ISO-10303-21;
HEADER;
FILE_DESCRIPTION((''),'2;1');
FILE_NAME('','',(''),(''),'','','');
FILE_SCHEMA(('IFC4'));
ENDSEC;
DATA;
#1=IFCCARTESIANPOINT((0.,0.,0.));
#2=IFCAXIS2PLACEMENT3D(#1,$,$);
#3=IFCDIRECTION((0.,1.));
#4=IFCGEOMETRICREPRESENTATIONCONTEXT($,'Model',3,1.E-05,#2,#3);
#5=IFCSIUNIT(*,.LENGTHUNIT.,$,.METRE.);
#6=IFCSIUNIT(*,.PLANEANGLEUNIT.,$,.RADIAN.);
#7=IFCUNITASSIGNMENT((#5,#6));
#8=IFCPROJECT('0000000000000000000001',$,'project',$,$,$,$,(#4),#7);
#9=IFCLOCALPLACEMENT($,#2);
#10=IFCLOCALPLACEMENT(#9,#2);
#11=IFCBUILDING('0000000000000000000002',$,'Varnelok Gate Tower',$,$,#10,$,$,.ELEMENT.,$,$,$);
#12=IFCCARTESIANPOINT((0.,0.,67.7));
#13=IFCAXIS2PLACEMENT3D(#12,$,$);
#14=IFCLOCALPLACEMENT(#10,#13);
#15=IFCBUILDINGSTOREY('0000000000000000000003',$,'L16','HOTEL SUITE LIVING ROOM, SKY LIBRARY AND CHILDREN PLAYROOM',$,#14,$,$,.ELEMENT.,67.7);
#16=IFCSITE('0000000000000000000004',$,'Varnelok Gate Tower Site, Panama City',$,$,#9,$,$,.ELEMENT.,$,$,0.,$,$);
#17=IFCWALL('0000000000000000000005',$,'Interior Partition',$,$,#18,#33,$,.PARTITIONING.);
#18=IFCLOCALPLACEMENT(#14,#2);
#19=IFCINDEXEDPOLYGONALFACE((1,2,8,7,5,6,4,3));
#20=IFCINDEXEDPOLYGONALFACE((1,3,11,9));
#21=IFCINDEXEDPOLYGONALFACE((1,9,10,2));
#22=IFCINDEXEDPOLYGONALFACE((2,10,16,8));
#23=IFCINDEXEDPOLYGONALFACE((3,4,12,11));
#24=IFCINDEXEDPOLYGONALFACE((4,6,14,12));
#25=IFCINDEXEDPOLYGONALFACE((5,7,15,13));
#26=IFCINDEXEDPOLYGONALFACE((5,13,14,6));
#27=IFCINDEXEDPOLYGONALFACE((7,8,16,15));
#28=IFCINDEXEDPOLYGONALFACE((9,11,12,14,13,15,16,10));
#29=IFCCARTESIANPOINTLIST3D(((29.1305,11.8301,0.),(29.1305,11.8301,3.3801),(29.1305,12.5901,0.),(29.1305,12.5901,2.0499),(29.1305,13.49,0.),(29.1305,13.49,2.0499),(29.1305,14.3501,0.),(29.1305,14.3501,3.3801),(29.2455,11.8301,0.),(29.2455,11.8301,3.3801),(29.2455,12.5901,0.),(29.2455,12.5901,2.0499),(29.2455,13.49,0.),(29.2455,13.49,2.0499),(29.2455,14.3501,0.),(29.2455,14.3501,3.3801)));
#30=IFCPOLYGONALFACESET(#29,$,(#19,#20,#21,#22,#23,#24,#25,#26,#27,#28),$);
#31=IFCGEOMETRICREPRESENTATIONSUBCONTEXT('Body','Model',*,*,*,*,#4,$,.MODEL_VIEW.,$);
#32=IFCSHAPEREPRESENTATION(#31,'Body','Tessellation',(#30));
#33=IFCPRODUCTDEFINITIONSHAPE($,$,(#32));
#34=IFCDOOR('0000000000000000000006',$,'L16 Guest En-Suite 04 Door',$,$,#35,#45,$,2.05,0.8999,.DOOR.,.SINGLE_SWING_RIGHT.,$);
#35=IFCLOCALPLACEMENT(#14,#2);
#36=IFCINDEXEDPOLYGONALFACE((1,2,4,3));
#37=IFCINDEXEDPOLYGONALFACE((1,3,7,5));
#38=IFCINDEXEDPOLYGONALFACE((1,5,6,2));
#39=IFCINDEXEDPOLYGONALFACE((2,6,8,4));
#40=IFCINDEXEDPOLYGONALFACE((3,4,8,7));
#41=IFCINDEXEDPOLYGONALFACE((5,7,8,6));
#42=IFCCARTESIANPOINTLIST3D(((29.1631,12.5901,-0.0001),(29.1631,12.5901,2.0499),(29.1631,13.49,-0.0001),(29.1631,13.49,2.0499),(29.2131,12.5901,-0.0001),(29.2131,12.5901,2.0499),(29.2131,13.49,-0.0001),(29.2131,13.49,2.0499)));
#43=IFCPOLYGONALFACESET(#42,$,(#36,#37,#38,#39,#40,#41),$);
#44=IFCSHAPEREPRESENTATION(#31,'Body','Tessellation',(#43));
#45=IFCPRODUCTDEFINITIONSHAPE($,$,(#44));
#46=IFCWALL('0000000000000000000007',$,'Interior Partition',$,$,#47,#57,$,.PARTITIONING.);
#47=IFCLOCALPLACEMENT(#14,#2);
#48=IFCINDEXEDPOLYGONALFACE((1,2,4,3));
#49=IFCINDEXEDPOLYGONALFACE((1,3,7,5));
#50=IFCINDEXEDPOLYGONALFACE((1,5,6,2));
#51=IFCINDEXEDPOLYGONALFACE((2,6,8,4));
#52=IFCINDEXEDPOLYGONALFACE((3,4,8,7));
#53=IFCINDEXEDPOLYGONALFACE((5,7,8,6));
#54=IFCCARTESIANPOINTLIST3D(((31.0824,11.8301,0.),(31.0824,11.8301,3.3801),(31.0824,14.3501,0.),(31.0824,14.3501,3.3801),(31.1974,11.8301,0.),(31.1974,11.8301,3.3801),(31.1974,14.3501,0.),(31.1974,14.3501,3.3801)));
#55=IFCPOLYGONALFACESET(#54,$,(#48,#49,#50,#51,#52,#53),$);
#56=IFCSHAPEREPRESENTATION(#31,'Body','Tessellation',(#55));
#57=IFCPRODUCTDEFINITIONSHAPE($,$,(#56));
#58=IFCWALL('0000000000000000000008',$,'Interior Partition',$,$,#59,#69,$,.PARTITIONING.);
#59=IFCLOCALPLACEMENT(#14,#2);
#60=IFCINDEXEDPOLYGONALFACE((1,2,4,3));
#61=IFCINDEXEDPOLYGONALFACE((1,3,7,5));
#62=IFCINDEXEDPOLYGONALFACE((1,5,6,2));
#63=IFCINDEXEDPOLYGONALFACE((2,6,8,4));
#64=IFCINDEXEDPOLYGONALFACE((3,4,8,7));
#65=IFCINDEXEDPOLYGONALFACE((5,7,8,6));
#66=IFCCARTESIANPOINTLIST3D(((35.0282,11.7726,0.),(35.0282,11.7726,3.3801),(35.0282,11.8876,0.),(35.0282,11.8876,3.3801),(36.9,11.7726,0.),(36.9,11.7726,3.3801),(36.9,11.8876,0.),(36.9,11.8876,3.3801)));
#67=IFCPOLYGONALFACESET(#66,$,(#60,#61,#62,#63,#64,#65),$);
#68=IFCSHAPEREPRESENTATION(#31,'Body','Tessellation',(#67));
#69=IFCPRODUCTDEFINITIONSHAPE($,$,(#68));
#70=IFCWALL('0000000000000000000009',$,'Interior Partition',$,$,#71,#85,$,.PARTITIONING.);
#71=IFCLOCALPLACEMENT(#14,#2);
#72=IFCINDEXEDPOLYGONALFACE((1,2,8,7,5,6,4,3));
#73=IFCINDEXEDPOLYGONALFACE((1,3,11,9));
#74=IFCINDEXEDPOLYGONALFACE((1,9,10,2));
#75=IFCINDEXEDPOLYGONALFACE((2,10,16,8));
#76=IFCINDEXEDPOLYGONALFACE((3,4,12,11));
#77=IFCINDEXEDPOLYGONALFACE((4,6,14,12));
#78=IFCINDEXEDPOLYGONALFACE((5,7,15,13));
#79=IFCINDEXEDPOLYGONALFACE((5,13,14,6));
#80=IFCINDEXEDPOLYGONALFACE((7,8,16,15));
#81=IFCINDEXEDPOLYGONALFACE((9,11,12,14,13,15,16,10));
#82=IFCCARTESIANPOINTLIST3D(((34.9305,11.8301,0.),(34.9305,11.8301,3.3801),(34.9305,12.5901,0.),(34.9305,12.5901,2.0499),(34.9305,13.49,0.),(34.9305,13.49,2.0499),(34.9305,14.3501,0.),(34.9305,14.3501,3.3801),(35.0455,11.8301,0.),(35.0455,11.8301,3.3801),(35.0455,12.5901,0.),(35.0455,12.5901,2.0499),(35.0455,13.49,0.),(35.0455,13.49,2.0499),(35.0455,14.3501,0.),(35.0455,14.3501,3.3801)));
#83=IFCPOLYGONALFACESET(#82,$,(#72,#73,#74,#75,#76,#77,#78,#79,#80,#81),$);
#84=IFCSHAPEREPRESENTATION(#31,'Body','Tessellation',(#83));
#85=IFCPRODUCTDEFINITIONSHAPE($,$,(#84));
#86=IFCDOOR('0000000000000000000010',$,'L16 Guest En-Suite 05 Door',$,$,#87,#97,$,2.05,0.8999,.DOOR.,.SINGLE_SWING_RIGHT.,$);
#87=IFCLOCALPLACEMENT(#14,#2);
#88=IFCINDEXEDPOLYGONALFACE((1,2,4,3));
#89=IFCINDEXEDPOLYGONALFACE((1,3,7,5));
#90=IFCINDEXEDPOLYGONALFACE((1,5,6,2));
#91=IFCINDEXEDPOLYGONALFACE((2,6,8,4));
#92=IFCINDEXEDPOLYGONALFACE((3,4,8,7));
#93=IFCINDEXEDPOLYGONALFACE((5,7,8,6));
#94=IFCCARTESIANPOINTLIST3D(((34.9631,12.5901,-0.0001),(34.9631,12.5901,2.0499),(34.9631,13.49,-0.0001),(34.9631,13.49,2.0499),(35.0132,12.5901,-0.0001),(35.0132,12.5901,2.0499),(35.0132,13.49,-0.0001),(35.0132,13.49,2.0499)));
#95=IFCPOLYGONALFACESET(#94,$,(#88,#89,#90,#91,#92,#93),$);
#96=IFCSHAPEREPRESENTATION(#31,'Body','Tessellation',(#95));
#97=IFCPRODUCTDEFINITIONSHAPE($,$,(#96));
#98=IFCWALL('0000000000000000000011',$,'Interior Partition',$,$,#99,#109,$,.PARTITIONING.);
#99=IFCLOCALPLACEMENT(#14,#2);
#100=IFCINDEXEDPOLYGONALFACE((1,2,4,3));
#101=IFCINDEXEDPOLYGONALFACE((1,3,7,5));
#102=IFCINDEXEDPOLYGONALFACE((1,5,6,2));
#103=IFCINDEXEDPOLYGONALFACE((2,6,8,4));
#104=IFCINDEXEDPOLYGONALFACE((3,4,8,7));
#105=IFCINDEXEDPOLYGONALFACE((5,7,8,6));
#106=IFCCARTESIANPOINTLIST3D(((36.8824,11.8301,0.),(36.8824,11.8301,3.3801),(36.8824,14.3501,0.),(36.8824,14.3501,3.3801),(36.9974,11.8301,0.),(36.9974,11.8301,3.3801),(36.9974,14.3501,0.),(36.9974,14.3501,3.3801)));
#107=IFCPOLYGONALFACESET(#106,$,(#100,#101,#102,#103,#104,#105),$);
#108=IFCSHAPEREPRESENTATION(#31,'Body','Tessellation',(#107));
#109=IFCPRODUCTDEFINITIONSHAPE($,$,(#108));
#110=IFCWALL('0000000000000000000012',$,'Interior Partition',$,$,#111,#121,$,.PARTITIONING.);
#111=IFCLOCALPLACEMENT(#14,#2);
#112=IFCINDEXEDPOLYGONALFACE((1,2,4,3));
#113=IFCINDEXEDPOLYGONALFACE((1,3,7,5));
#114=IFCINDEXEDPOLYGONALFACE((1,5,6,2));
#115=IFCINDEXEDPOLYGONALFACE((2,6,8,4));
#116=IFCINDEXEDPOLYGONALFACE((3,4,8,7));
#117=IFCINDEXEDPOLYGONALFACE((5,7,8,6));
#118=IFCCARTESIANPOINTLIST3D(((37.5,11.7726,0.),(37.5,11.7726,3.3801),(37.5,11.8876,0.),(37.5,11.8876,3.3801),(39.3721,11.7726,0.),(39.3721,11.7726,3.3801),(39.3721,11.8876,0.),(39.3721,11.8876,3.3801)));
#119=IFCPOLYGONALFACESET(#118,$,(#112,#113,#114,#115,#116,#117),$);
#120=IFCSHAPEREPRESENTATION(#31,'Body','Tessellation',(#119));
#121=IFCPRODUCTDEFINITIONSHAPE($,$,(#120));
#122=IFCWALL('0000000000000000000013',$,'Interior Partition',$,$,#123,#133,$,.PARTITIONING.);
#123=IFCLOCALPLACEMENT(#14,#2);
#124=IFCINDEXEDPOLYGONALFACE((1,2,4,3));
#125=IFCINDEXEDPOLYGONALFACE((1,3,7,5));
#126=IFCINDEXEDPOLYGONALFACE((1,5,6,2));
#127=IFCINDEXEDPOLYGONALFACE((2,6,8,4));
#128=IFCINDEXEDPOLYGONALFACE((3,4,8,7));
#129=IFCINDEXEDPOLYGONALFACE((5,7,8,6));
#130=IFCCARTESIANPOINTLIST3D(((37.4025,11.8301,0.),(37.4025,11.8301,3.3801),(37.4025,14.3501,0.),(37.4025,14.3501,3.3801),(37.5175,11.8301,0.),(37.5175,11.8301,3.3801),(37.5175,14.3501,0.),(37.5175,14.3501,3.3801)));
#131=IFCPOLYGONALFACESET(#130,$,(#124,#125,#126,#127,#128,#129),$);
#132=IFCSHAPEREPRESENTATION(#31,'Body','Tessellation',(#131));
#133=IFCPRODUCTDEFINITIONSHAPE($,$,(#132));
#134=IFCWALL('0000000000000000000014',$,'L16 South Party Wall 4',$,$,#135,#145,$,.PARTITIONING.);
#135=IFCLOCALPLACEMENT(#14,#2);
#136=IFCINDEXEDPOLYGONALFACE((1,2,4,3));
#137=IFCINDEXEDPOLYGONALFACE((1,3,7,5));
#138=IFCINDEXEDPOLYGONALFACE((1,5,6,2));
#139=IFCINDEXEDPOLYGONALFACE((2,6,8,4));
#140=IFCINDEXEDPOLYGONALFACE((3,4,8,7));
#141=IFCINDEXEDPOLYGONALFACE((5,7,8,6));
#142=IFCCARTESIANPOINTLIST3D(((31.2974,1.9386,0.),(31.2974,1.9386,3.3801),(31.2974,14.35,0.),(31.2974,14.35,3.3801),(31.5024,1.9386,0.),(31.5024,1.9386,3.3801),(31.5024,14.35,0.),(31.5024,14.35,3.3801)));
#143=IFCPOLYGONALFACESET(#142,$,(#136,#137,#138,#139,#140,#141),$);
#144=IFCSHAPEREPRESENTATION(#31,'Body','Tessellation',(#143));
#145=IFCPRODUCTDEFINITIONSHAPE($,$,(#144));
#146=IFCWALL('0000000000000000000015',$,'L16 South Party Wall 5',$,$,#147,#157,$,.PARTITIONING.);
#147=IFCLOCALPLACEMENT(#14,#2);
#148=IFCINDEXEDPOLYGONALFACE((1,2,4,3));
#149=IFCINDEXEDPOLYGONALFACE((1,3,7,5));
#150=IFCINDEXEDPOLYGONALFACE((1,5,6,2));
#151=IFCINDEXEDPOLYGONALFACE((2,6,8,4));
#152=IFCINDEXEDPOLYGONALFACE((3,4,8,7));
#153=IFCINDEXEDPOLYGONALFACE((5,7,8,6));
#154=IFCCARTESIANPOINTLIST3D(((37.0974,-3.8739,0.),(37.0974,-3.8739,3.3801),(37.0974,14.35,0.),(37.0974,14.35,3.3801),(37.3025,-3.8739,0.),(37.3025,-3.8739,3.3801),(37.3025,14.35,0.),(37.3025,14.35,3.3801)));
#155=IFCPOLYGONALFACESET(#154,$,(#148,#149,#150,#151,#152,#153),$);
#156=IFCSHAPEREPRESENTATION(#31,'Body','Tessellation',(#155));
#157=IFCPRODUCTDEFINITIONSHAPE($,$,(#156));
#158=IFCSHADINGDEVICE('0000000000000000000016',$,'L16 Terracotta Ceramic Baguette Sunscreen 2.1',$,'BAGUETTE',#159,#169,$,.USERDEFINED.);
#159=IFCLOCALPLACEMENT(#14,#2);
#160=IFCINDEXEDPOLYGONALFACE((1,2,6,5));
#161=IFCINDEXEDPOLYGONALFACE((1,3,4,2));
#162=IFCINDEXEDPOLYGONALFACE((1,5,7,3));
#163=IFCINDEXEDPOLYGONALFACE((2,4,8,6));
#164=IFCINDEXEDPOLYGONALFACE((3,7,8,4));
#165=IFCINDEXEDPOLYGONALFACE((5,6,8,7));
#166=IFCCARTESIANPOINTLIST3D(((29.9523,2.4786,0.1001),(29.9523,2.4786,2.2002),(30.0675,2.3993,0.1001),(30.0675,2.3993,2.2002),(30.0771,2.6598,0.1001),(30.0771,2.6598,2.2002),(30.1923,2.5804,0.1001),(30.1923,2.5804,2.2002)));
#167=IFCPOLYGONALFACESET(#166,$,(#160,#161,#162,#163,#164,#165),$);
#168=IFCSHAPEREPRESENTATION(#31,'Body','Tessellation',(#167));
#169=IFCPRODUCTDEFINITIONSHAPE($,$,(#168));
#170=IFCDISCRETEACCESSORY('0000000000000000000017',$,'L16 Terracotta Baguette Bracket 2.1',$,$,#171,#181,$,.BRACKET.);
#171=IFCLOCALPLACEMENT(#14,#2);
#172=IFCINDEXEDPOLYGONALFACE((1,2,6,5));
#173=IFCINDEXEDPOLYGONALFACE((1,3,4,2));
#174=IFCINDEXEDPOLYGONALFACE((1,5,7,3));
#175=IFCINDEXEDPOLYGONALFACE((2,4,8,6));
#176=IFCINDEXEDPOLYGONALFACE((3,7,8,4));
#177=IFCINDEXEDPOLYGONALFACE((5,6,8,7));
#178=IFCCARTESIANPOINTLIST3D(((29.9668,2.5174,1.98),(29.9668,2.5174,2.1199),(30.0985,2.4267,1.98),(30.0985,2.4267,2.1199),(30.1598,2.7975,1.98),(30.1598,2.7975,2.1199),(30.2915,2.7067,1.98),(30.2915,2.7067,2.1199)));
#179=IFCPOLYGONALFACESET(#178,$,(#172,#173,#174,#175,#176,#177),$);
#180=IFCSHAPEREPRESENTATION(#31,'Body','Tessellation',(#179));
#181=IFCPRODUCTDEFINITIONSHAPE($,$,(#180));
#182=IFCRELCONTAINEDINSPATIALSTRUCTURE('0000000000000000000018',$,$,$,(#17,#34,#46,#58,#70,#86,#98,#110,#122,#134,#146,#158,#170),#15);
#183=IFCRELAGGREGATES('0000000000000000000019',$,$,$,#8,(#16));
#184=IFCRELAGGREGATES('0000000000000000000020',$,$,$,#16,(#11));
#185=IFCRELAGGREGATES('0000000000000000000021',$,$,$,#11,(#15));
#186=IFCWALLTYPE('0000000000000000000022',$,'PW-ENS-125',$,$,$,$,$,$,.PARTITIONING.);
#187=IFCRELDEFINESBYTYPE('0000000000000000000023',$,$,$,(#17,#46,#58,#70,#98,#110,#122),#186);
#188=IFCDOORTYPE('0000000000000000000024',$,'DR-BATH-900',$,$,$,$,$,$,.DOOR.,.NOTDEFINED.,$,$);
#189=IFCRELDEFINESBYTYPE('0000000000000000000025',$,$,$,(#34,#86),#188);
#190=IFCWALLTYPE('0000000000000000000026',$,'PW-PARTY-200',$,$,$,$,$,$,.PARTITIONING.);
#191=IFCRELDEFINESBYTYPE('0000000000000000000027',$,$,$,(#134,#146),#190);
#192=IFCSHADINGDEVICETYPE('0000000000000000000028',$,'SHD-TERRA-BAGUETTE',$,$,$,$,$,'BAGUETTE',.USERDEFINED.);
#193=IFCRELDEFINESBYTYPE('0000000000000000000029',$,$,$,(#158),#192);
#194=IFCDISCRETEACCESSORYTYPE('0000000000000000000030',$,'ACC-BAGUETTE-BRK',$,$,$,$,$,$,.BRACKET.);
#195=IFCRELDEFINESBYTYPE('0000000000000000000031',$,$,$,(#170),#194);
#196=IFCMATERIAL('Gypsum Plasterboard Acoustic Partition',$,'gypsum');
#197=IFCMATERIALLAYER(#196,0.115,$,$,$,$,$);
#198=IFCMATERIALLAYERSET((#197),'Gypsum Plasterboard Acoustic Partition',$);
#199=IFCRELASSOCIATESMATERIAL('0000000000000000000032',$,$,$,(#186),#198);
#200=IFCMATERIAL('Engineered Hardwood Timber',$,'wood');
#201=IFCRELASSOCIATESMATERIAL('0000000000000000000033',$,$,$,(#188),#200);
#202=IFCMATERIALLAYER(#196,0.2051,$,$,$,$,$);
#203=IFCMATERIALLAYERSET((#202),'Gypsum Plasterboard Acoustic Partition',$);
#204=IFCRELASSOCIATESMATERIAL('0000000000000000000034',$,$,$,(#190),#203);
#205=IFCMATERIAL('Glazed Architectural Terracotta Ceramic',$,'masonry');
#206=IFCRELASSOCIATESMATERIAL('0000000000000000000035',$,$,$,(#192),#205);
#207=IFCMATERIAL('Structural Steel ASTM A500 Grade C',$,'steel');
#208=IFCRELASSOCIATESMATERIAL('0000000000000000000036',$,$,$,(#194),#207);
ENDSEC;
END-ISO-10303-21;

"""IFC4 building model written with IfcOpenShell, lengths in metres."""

from ifc_helpers import new_model, si_unit, direction, frame, frame_2d, origin, origin_2d, place, context, subcontext, project, spatial, rectangle, extrude, source, transform, mapped, material, layer, layer_set, type_object, element, fill, save


model = new_model("IFC4")

# Units and contexts
model_context = context("Model", 3, precision=1e-05, world=origin(), true_north=direction((0.0, 1.0)))
body_context = subcontext(model_context, "Body", "Model", "MODEL_VIEW")
ifc_project = project(units=[si_unit("LENGTHUNIT", "METRE"), si_unit("PLANEANGLEUNIT", "RADIAN")], contexts=[model_context])

# Site, building, storey
site_placement = place(None, origin())
site = spatial("IfcSite", under=ifc_project, at=site_placement, Name="Varnelok Gate Tower Site, Panama City", CompositionType="ELEMENT", RefElevation=0.0)
building_placement = place(site_placement, origin())
building = spatial("IfcBuilding", under=site, at=building_placement, Name="Varnelok Gate Tower", CompositionType="ELEMENT")
storey_placement = place(building_placement, frame((0.0, 0.0, 67.7)))
storey = spatial("IfcBuildingStorey", under=building, at=storey_placement, Name="L16", Description="HOTEL SUITE LIVING ROOM, SKY LIBRARY AND CHILDREN PLAYROOM", CompositionType="ELEMENT", Elevation=67.7)

# Shared definitions
ifc_material_1 = material(Name="Gypsum Plasterboard Acoustic Partition", Category="gypsum")
ifc_layer_1 = layer(ifc_material_1, 0.115)
ifc_layer_set_1 = layer_set([ifc_layer_1], Name="Gypsum Plasterboard Acoustic Partition")
wall_type_1 = type_object("IfcWallType", Name="PW-ENS-125", PredefinedType="PARTITIONING", material=ifc_layer_set_1)

# Wall, opening, door
wall_1_placement = place(storey_placement, frame((29.188, 11.8301, 0.0), z_axis=(0.0, 0.0, 1.0), x_axis=(0.0, 1.0, 0.0)))
wall_1 = element("IfcWall", 1, at=wall_1_placement, inside=storey, type_object=wall_type_1, Name="Interior Partition", PredefinedType="PARTITIONING", context=body_context, shape_type="SweptSolid", body=[
    extrude(rectangle(XDim=2.52, YDim=0.115, at=frame_2d((1.26, 0.0))), origin(), (0.0, 0.0, 1.0), 3.3801),
])
opening_1_placement = place(wall_1_placement, frame((0.76, 0.0, 0.0)))
opening_1 = element("IfcOpeningElement", 2, at=opening_1_placement, cuts=wall_1, PredefinedType="OPENING", context=body_context, shape_type="SweptSolid", body=[
    extrude(rectangle(XDim=0.8999, YDim=2.05, at=frame_2d((0.45, 1.0249))), frame((0.0, 0.0674, 0.0), z_axis=(0.0, -1.0, 0.0), x_axis=(1.0, 0.0, 0.0)), (0.0, 0.0, 1.0), 0.135),
])
ifc_material_2 = material(Name="Engineered Hardwood Timber", Category="wood")
door_type_1 = type_object("IfcDoorType", Name="DR-BATH-900", OperationType="NOTDEFINED", PredefinedType="DOOR", material=ifc_material_2)
door_1_placement = place(opening_1_placement, origin())
door_1 = element("IfcDoor", 3, at=door_1_placement, inside=storey, type_object=door_type_1, Name="L16 Guest En-Suite 04 Door", OperationType="SINGLE_SWING_RIGHT", OverallHeight=2.05, OverallWidth=0.8999, PredefinedType="DOOR", context=body_context, shape_type="SweptSolid", body=[
    extrude(rectangle(XDim=0.8999, YDim=2.05, at=frame_2d((0.45, 1.0249))), frame((0.0, 0.0249, 0.0), z_axis=(0.0, -1.0, 0.0), x_axis=(1.0, 0.0, 0.0)), (0.0, 0.0, 1.0), 0.05),
])
fill(opening_1, door_1)

# Walls
wall_2_placement = place(storey_placement, frame((31.1399, 11.8301, 0.0), z_axis=(0.0, 0.0, 1.0), x_axis=(0.0, 1.0, 0.0)))
element("IfcWall", 4, at=wall_2_placement, inside=storey, type_object=wall_type_1, Name="Interior Partition", PredefinedType="PARTITIONING", context=body_context, shape_type="SweptSolid", body=[
    extrude(rectangle(XDim=2.52, YDim=0.115, at=frame_2d((1.26, 0.0))), origin(), (0.0, 0.0, 1.0), 3.3801),
])
wall_3_placement = place(storey_placement, frame((35.0281, 11.8301, 0.0), z_axis=(0.0, 0.0, 1.0), x_axis=(1.0, 0.0, 0.0)))
element("IfcWall", 5, at=wall_3_placement, inside=storey, type_object=wall_type_1, Name="Interior Partition", PredefinedType="PARTITIONING", context=body_context, shape_type="SweptSolid", body=[
    extrude(rectangle(XDim=1.8718, YDim=0.115, at=frame_2d((0.936, 0.0))), origin(), (0.0, 0.0, 1.0), 3.3801),
])

# Wall, opening, door
wall_4_placement = place(storey_placement, frame((34.988, 11.8301, 0.0), z_axis=(0.0, 0.0, 1.0), x_axis=(0.0, 1.0, 0.0)))
wall_4 = element("IfcWall", 6, at=wall_4_placement, inside=storey, type_object=wall_type_1, Name="Interior Partition", PredefinedType="PARTITIONING", context=body_context, shape_type="SweptSolid", body=[
    extrude(rectangle(XDim=2.52, YDim=0.115, at=frame_2d((1.26, 0.0))), origin(), (0.0, 0.0, 1.0), 3.3801),
])
opening_2_placement = place(wall_4_placement, frame((0.76, 0.0, 0.0)))
opening_2 = element("IfcOpeningElement", 7, at=opening_2_placement, cuts=wall_4, PredefinedType="OPENING", context=body_context, shape_type="SweptSolid", body=[
    extrude(rectangle(XDim=0.8999, YDim=2.05, at=frame_2d((0.45, 1.0249))), frame((0.0, 0.0674, 0.0), z_axis=(0.0, -1.0, 0.0), x_axis=(1.0, 0.0, 0.0)), (0.0, 0.0, 1.0), 0.135),
])
door_2_placement = place(opening_2_placement, origin())
door_2 = element("IfcDoor", 8, at=door_2_placement, inside=storey, type_object=door_type_1, Name="L16 Guest En-Suite 05 Door", OperationType="SINGLE_SWING_RIGHT", OverallHeight=2.05, OverallWidth=0.8999, PredefinedType="DOOR", context=body_context, shape_type="SweptSolid", body=[
    extrude(rectangle(XDim=0.8999, YDim=2.05, at=frame_2d((0.45, 1.0249))), frame((0.0, 0.0249, 0.0), z_axis=(0.0, -1.0, 0.0), x_axis=(1.0, 0.0, 0.0)), (0.0, 0.0, 1.0), 0.05),
])
fill(opening_2, door_2)

# Walls
wall_5_placement = place(storey_placement, frame((36.9399, 11.8301, 0.0), z_axis=(0.0, 0.0, 1.0), x_axis=(0.0, 1.0, 0.0)))
element("IfcWall", 9, at=wall_5_placement, inside=storey, type_object=wall_type_1, Name="Interior Partition", PredefinedType="PARTITIONING", context=body_context, shape_type="SweptSolid", body=[
    extrude(rectangle(XDim=2.52, YDim=0.115, at=frame_2d((1.26, 0.0))), origin(), (0.0, 0.0, 1.0), 3.3801),
])
wall_6_placement = place(storey_placement, frame((37.5, 11.8301, 0.0), z_axis=(0.0, 0.0, 1.0), x_axis=(1.0, 0.0, 0.0)))
element("IfcWall", 10, at=wall_6_placement, inside=storey, type_object=wall_type_1, Name="Interior Partition", PredefinedType="PARTITIONING", context=body_context, shape_type="SweptSolid", body=[
    extrude(rectangle(XDim=1.8721, YDim=0.115, at=frame_2d((0.936, 0.0))), origin(), (0.0, 0.0, 1.0), 3.3801),
])
wall_7_placement = place(storey_placement, frame((37.46, 11.8301, 0.0), z_axis=(0.0, 0.0, 1.0), x_axis=(0.0, 1.0, 0.0)))
element("IfcWall", 11, at=wall_7_placement, inside=storey, type_object=wall_type_1, Name="Interior Partition", PredefinedType="PARTITIONING", context=body_context, shape_type="SweptSolid", body=[
    extrude(rectangle(XDim=2.52, YDim=0.115, at=frame_2d((1.26, 0.0))), origin(), (0.0, 0.0, 1.0), 3.3801),
])
ifc_layer_2 = layer(ifc_material_1, 0.2051)
ifc_layer_set_2 = layer_set([ifc_layer_2], Name="Gypsum Plasterboard Acoustic Partition")
wall_type_2 = type_object("IfcWallType", Name="PW-PARTY-200", PredefinedType="PARTITIONING", material=ifc_layer_set_2)
wall_8_placement = place(storey_placement, frame((31.3999, 1.9387, 0.0), z_axis=(0.0, 0.0, 1.0), x_axis=(0.0, 1.0, 0.0)))
element("IfcWall", 12, at=wall_8_placement, inside=storey, type_object=wall_type_2, Name="L16 South Party Wall 4", PredefinedType="PARTITIONING", context=body_context, shape_type="SweptSolid", body=[
    extrude(rectangle(XDim=12.4114, YDim=0.2051, at=frame_2d((6.2056, 0.0))), origin(), (0.0, 0.0, 1.0), 3.3801),
])
wall_9_placement = place(storey_placement, frame((37.2, -3.8738, 0.0), z_axis=(0.0, 0.0, 1.0), x_axis=(0.0, 1.0, 0.0)))
element("IfcWall", 13, at=wall_9_placement, inside=storey, type_object=wall_type_2, Name="L16 South Party Wall 5", PredefinedType="PARTITIONING", context=body_context, shape_type="SweptSolid", body=[
    extrude(rectangle(XDim=18.2239, YDim=0.2051, at=frame_2d((9.1118, 0.0))), origin(), (0.0, 0.0, 1.0), 3.3801),
])

# Shading device
ifc_material_3 = material(Name="Glazed Architectural Terracotta Ceramic", Category="masonry")
shading_device_type = type_object("IfcShadingDeviceType", Name="SHD-TERRA-BAGUETTE", ElementType="BAGUETTE", PredefinedType="USERDEFINED", material=ifc_material_3)
shared_shape_1 = source(origin(), body_context, "Body", "SweptSolid", [
    extrude(rectangle(XDim=0.1399, YDim=0.22, at=origin_2d()), origin(), (0.0, 0.0, 1.0), 2.1001),
])
shading_device_placement = place(storey_placement, frame((30.0723, 2.5295, 0.1001), z_axis=(0.0, 0.0, 1.0), x_axis=(0.823533, -0.567269, 0.0)))
element("IfcShadingDevice", 14, at=shading_device_placement, inside=storey, type_object=shading_device_type, Name="L16 Terracotta Ceramic Baguette Sunscreen 2.1", ObjectType="BAGUETTE", PredefinedType="USERDEFINED", context=body_context, shape_type="MappedRepresentation", body=[
    mapped(shared_shape_1, transform((0.0, 0.0, 0.0), scale=1.0)),
])

# Discrete accessory
ifc_material_4 = material(Name="Structural Steel ASTM A500 Grade C", Category="steel")
discrete_accessory_type = type_object("IfcDiscreteAccessoryType", Name="ACC-BAGUETTE-BRK", PredefinedType="BRACKET", material=ifc_material_4)
shared_shape_2 = source(origin(), body_context, "Body", "SweptSolid", [
    extrude(rectangle(XDim=0.1599, YDim=0.3401, at=origin_2d()), origin(), (0.0, 0.0, 1.0), 0.1399),
])
discrete_accessory_placement = place(storey_placement, frame((30.1292, 2.6121, 1.98), z_axis=(0.0, 0.0, 1.0), x_axis=(0.823533, -0.567269, 0.0)))
element("IfcDiscreteAccessory", 15, at=discrete_accessory_placement, inside=storey, type_object=discrete_accessory_type, Name="L16 Terracotta Baguette Bracket 2.1", PredefinedType="BRACKET", context=body_context, shape_type="MappedRepresentation", body=[
    mapped(shared_shape_2, transform((0.0, 0.0, 0.0), scale=1.0)),
])

save(model, "model.ifc")
